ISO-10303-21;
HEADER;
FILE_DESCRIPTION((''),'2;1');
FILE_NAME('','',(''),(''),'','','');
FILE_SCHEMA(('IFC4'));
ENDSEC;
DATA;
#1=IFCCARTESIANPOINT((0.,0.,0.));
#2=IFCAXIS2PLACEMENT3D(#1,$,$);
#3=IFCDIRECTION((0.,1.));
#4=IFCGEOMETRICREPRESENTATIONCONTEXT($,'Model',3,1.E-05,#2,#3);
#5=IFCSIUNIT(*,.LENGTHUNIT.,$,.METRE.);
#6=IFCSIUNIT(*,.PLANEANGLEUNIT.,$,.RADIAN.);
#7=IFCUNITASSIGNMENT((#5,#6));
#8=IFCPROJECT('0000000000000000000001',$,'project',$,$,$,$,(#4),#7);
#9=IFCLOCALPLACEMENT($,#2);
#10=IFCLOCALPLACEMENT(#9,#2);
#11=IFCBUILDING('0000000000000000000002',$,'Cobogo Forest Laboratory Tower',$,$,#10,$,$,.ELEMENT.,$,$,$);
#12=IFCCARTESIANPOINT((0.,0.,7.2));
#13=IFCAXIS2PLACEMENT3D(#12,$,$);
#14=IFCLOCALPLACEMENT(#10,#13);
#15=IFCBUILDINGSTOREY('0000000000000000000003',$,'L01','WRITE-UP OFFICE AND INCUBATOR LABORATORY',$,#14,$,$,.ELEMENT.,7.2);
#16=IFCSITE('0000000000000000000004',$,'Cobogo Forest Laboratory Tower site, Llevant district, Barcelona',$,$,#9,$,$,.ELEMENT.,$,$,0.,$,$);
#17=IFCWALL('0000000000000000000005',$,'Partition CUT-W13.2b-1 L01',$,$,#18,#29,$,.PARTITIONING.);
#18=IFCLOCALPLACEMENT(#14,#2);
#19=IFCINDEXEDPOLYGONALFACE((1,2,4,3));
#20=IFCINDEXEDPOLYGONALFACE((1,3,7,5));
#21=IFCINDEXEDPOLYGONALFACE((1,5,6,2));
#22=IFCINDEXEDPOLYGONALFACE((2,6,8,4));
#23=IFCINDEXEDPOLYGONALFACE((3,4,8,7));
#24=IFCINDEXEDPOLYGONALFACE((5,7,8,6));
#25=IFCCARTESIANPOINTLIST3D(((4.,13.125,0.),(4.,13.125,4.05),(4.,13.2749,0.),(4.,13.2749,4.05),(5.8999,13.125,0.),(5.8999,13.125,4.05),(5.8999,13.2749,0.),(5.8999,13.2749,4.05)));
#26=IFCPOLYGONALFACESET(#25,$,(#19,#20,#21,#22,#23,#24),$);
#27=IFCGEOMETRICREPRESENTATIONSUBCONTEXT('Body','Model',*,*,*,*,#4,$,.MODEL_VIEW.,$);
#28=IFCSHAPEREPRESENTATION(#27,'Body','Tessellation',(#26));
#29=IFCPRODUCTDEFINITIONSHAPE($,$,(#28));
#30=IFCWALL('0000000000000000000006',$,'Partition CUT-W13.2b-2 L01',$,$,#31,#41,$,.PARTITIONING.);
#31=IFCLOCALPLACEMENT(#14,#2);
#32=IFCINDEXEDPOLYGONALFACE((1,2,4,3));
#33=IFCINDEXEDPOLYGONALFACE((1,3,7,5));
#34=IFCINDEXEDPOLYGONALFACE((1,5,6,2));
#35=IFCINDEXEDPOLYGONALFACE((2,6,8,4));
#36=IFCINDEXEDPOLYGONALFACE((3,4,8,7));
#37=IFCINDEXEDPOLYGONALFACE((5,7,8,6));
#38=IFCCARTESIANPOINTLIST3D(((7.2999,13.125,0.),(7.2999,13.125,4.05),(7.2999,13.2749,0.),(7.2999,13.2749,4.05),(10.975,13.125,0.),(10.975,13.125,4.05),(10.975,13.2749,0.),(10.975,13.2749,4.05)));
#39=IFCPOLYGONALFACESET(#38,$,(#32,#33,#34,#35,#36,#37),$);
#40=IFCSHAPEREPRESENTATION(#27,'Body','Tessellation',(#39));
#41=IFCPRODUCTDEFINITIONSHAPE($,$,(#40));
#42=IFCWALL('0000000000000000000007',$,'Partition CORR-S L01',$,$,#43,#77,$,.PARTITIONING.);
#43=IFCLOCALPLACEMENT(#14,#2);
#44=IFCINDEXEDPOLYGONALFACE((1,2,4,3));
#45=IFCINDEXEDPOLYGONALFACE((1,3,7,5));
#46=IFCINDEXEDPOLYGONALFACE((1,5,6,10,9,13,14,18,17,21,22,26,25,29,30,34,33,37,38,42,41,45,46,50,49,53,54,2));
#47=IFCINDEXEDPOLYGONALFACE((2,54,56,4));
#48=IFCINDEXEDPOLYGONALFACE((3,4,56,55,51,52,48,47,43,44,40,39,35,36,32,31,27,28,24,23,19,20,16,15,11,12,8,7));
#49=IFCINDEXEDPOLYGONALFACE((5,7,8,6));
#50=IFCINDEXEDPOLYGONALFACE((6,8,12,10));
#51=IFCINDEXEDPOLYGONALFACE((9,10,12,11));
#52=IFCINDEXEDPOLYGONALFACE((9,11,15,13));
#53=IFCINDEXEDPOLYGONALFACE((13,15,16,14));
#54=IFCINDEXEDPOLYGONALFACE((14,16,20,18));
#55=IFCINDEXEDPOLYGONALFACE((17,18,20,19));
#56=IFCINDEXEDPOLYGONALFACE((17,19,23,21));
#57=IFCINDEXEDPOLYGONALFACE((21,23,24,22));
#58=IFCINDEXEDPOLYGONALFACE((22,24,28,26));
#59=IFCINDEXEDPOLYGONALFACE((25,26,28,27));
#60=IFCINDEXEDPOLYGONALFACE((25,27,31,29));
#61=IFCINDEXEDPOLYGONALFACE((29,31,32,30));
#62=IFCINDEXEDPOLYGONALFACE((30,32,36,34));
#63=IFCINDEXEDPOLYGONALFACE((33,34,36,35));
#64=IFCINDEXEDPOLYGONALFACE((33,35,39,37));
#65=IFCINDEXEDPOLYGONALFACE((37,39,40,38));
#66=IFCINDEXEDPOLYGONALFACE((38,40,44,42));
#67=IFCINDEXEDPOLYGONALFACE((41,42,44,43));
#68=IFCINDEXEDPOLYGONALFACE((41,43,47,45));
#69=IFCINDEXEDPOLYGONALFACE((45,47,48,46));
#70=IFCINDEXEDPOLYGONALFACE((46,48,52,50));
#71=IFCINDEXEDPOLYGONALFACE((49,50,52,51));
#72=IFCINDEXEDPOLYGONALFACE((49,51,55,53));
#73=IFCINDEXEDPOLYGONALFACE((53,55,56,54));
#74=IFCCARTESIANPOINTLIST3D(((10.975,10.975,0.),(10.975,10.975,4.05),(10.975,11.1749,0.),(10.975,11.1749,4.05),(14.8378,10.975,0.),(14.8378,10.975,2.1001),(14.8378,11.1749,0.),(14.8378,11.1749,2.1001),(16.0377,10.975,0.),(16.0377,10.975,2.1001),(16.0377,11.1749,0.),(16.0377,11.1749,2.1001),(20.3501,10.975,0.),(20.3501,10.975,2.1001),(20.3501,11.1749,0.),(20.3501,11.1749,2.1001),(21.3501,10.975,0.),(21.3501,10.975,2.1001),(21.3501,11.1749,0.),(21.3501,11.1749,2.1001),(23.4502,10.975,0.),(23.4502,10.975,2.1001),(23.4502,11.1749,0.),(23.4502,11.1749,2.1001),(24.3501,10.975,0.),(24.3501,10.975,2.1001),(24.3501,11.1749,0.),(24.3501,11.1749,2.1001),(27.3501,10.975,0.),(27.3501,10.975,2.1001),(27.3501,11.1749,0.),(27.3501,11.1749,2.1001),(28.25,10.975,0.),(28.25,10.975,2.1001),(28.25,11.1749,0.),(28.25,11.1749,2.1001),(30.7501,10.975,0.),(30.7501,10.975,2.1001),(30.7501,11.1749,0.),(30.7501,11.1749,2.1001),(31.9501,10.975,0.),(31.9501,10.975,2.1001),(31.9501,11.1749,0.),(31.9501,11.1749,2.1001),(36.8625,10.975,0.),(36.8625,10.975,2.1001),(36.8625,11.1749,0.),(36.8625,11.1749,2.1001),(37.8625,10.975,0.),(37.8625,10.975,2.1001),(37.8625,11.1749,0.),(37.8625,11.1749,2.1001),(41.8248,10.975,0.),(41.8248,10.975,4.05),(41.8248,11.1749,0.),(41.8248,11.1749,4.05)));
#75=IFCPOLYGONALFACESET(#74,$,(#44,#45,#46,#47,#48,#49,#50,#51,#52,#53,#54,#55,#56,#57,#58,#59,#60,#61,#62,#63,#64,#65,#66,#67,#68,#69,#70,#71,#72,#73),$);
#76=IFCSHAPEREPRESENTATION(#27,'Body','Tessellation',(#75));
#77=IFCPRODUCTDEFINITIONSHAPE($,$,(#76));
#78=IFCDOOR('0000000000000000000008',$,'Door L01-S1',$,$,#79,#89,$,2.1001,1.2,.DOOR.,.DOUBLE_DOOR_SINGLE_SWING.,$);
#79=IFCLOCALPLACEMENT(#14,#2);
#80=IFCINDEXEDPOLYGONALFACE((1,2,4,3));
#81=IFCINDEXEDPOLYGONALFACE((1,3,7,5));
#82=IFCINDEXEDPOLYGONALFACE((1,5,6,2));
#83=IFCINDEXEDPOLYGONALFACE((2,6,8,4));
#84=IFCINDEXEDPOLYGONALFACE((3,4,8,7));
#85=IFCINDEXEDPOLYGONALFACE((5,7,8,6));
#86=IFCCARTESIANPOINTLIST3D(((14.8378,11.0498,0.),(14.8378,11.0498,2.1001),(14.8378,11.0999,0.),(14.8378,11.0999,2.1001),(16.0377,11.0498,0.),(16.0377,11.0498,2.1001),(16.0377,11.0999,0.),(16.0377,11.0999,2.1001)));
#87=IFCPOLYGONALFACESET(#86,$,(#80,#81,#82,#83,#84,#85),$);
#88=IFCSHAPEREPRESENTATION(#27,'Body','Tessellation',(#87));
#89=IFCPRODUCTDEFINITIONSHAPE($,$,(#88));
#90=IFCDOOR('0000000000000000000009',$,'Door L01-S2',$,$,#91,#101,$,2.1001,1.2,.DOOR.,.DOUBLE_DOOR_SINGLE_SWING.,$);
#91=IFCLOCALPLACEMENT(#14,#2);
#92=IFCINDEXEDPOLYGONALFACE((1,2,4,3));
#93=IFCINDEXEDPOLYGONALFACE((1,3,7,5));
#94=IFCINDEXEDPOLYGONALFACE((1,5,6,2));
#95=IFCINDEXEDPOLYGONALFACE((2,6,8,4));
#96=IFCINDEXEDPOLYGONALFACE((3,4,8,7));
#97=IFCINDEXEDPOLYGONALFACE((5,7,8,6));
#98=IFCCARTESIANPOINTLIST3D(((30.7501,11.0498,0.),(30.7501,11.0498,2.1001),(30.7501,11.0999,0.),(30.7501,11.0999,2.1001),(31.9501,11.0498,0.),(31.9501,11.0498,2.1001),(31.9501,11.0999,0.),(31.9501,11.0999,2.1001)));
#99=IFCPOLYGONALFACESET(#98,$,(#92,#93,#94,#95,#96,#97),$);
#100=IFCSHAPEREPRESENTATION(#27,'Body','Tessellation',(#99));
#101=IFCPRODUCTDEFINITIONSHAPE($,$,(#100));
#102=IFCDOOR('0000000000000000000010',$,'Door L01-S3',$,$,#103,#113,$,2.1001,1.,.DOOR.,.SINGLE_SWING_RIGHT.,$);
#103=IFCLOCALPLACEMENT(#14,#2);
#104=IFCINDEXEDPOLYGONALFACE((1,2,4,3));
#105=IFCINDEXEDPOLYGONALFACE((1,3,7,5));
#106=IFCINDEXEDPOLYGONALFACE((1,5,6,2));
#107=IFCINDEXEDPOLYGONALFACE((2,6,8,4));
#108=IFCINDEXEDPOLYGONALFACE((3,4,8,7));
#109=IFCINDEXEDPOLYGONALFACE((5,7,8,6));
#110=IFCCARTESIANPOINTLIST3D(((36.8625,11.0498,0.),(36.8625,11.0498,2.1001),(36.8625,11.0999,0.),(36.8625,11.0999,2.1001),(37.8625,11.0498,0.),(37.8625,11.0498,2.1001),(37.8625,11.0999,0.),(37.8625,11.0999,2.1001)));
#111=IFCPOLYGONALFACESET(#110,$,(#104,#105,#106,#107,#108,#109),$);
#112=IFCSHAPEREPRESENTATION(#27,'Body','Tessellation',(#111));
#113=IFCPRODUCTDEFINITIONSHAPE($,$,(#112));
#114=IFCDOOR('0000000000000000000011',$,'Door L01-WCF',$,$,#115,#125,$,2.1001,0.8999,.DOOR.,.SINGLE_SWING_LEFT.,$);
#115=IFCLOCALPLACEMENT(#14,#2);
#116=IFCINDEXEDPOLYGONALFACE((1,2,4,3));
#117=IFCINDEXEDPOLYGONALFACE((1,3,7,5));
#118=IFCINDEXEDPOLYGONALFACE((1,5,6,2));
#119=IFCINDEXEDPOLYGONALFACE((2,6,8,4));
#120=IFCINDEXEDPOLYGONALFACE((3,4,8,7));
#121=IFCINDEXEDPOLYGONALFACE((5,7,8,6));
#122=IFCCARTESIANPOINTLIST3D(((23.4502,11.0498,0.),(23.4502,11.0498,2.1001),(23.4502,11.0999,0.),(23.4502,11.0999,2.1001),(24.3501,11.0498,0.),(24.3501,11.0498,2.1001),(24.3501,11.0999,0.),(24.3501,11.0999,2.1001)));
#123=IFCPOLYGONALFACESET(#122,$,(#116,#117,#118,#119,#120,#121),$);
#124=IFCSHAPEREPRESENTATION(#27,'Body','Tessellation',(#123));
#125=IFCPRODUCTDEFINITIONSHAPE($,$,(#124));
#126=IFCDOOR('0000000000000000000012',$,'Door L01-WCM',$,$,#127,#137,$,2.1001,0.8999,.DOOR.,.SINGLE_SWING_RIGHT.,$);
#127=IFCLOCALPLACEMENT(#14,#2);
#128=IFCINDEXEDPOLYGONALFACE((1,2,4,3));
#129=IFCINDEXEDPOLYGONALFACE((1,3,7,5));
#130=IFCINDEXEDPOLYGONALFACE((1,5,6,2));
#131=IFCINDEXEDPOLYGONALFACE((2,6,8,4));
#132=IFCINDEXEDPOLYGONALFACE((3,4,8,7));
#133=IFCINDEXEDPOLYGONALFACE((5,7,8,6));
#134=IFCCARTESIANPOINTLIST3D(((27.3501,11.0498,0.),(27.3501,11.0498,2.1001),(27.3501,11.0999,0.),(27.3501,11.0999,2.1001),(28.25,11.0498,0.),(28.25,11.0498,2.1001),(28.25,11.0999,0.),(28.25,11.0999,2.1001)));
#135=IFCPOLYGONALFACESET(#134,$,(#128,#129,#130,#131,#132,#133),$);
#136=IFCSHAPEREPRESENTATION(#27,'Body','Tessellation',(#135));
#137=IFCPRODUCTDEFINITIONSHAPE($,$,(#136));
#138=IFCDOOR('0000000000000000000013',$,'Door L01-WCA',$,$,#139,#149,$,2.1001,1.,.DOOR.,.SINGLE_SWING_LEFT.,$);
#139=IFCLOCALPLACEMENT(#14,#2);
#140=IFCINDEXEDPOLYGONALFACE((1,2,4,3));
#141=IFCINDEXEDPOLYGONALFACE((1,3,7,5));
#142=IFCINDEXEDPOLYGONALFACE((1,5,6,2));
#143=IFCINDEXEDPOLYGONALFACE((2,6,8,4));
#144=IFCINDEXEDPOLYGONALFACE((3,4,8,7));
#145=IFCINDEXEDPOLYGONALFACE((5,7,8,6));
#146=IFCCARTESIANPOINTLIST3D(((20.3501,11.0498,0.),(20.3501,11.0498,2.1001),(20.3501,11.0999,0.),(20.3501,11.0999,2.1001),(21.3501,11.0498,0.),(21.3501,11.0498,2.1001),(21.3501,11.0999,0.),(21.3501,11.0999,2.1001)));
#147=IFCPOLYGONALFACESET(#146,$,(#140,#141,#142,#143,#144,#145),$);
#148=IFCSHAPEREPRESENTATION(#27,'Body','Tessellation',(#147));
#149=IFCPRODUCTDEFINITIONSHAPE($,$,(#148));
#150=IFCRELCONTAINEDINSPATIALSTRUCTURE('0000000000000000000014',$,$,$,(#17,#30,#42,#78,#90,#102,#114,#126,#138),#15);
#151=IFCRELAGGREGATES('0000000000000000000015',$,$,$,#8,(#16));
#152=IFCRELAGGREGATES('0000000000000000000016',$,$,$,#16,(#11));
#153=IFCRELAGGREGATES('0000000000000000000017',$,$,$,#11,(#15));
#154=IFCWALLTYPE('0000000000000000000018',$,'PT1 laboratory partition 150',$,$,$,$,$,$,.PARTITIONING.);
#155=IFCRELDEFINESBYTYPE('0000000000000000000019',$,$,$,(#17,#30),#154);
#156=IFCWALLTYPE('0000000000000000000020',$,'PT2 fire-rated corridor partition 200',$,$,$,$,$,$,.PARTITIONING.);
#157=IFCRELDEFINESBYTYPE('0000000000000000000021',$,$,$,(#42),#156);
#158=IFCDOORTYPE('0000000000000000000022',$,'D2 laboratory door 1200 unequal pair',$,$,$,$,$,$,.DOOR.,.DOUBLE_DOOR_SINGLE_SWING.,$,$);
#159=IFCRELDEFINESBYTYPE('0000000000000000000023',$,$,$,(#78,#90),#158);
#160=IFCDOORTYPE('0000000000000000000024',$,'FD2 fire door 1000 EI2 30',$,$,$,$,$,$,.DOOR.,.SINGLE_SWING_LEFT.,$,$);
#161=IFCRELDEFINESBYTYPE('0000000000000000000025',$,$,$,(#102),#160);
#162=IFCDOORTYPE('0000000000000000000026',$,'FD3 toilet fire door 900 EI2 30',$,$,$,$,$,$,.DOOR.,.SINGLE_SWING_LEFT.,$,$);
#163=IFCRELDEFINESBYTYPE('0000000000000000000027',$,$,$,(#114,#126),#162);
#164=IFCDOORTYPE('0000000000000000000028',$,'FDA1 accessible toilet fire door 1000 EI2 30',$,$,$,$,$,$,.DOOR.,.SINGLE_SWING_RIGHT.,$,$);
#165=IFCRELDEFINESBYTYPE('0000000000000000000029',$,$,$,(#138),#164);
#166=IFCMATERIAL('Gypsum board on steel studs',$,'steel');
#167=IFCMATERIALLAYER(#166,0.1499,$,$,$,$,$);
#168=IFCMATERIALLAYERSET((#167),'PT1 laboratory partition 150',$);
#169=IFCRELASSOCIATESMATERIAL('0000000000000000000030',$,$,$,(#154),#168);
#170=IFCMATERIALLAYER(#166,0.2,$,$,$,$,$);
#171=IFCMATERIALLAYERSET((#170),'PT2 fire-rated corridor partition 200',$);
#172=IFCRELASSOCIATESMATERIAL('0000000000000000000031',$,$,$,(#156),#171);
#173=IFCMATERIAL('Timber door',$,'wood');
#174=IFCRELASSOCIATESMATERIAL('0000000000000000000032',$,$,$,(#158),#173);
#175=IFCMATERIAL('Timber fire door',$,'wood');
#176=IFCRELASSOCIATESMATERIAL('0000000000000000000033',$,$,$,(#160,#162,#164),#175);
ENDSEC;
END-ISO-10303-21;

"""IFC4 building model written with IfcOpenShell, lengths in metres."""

from ifc_helpers import new_model, si_unit, direction, frame, frame_2d, origin, place, context, subcontext, project, spatial, rectangle, extrude, material, layer, layer_set, type_object, element, fill, save


model = new_model("IFC4")

# Units and contexts
model_context = context("Model", 3, precision=1e-05, world=origin(), true_north=direction((0.0, 1.0)))
body_context = subcontext(model_context, "Body", "Model", "MODEL_VIEW")
ifc_project = project(units=[si_unit("LENGTHUNIT", "METRE"), si_unit("PLANEANGLEUNIT", "RADIAN")], contexts=[model_context])

# Site, building, storey
site_placement = place(None, origin())
site = spatial("IfcSite", under=ifc_project, at=site_placement, Name="Cobogo Forest Laboratory Tower site, Llevant district, Barcelona", CompositionType="ELEMENT", RefElevation=0.0)
building_placement = place(site_placement, origin())
building = spatial("IfcBuilding", under=site, at=building_placement, Name="Cobogo Forest Laboratory Tower", CompositionType="ELEMENT")
storey_placement = place(building_placement, frame((0.0, 0.0, 7.2)))
storey = spatial("IfcBuildingStorey", under=building, at=storey_placement, Name="L01", Description="WRITE-UP OFFICE AND INCUBATOR LABORATORY", CompositionType="ELEMENT", Elevation=7.2)

# Walls
ifc_material_1 = material(Name="Gypsum board on steel studs", Category="steel")
ifc_layer_1 = layer(ifc_material_1, 0.1499)
ifc_layer_set_1 = layer_set([ifc_layer_1], Name="PT1 laboratory partition 150")
wall_type_1 = type_object("IfcWallType", Name="PT1 laboratory partition 150", PredefinedType="PARTITIONING", material=ifc_layer_set_1)
wall_1_placement = place(storey_placement, frame((4.0, 13.2, 0.0), z_axis=(0.0, 0.0, 1.0), x_axis=(1.0, 0.0, 0.0)))
element("IfcWall", 1, at=wall_1_placement, inside=storey, type_object=wall_type_1, Name="Partition CUT-W13.2b-1 L01", PredefinedType="PARTITIONING", context=body_context, shape_type="SweptSolid", body=[
    extrude(rectangle(XDim=1.8999, YDim=0.1499, at=frame_2d((0.95, 0.0))), origin(), (0.0, 0.0, 1.0), 4.05),
])
wall_2_placement = place(storey_placement, frame((7.3, 13.2, 0.0), z_axis=(0.0, 0.0, 1.0), x_axis=(1.0, 0.0, 0.0)))
element("IfcWall", 2, at=wall_2_placement, inside=storey, type_object=wall_type_1, Name="Partition CUT-W13.2b-2 L01", PredefinedType="PARTITIONING", context=body_context, shape_type="SweptSolid", body=[
    extrude(rectangle(XDim=3.675, YDim=0.1499, at=frame_2d((1.8374, 0.0))), origin(), (0.0, 0.0, 1.0), 4.05),
])

# Wall, openings, doors
ifc_layer_2 = layer(ifc_material_1, 0.2)
ifc_layer_set_2 = layer_set([ifc_layer_2], Name="PT2 fire-rated corridor partition 200")
wall_type_2 = type_object("IfcWallType", Name="PT2 fire-rated corridor partition 200", PredefinedType="PARTITIONING", material=ifc_layer_set_2)
wall_3_placement = place(storey_placement, frame((10.9751, 11.075, 0.0), z_axis=(0.0, 0.0, 1.0), x_axis=(1.0, 0.0, 0.0)))
wall_3 = element("IfcWall", 3, at=wall_3_placement, inside=storey, type_object=wall_type_2, Name="Partition CORR-S L01", PredefinedType="PARTITIONING", context=body_context, shape_type="SweptSolid", body=[
    extrude(rectangle(XDim=30.8499, YDim=0.2, at=frame_2d((15.4248, 0.0))), origin(), (0.0, 0.0, 1.0), 4.05),
])
opening_1_placement = place(wall_3_placement, frame((3.8625, 0.0, 0.0)))
opening_1 = element("IfcOpeningElement", 4, at=opening_1_placement, cuts=wall_3, PredefinedType="OPENING", context=body_context, shape_type="SweptSolid", body=[
    extrude(rectangle(XDim=1.2, YDim=2.1001, at=frame_2d((0.6001, 1.05))), frame((0.0, 0.1099, 0.0), z_axis=(0.0, -1.0, 0.0), x_axis=(1.0, 0.0, 0.0)), (0.0, 0.0, 1.0), 0.22),
])
opening_2_placement = place(wall_3_placement, frame((9.375, 0.0, 0.0)))
opening_2 = element("IfcOpeningElement", 5, at=opening_2_placement, cuts=wall_3, PredefinedType="OPENING", context=body_context, shape_type="SweptSolid", body=[
    extrude(rectangle(XDim=1.0, YDim=2.1001, at=frame_2d((0.5, 1.05))), frame((0.0, 0.1099, 0.0), z_axis=(0.0, -1.0, 0.0), x_axis=(1.0, 0.0, 0.0)), (0.0, 0.0, 1.0), 0.22),
])
opening_3_placement = place(wall_3_placement, frame((12.4751, 0.0, 0.0)))
opening_3 = element("IfcOpeningElement", 6, at=opening_3_placement, cuts=wall_3, PredefinedType="OPENING", context=body_context, shape_type="SweptSolid", body=[
    extrude(rectangle(XDim=0.8999, YDim=2.1001, at=frame_2d((0.45, 1.05))), frame((0.0, 0.1099, 0.0), z_axis=(0.0, -1.0, 0.0), x_axis=(1.0, 0.0, 0.0)), (0.0, 0.0, 1.0), 0.22),
])
opening_4_placement = place(wall_3_placement, frame((16.375, 0.0, 0.0)))
opening_4 = element("IfcOpeningElement", 7, at=opening_4_placement, cuts=wall_3, PredefinedType="OPENING", context=body_context, shape_type="SweptSolid", body=[
    extrude(rectangle(XDim=0.8999, YDim=2.1001, at=frame_2d((0.45, 1.05))), frame((0.0, 0.1099, 0.0), z_axis=(0.0, -1.0, 0.0), x_axis=(1.0, 0.0, 0.0)), (0.0, 0.0, 1.0), 0.22),
])
opening_5_placement = place(wall_3_placement, frame((19.7749, 0.0, 0.0)))
opening_5 = element("IfcOpeningElement", 8, at=opening_5_placement, cuts=wall_3, PredefinedType="OPENING", context=body_context, shape_type="SweptSolid", body=[
    extrude(rectangle(XDim=1.2, YDim=2.1001, at=frame_2d((0.6001, 1.05))), frame((0.0, 0.1099, 0.0), z_axis=(0.0, -1.0, 0.0), x_axis=(1.0, 0.0, 0.0)), (0.0, 0.0, 1.0), 0.22),
])
opening_6_placement = place(wall_3_placement, frame((25.8875, 0.0, 0.0)))
opening_6 = element("IfcOpeningElement", 9, at=opening_6_placement, cuts=wall_3, PredefinedType="OPENING", context=body_context, shape_type="SweptSolid", body=[
    extrude(rectangle(XDim=1.0, YDim=2.1001, at=frame_2d((0.5, 1.05))), frame((0.0, 0.1099, 0.0), z_axis=(0.0, -1.0, 0.0), x_axis=(1.0, 0.0, 0.0)), (0.0, 0.0, 1.0), 0.22),
])
ifc_material_2 = material(Name="Timber door", Category="wood")
door_type_1 = type_object("IfcDoorType", Name="D2 laboratory door 1200 unequal pair", OperationType="DOUBLE_DOOR_SINGLE_SWING", PredefinedType="DOOR", material=ifc_material_2)
door_1_placement = place(opening_1_placement, origin())
door_1 = element("IfcDoor", 10, at=door_1_placement, inside=storey, type_object=door_type_1, Name="Door L01-S1", OperationType="DOUBLE_DOOR_SINGLE_SWING", OverallHeight=2.1001, OverallWidth=1.2, PredefinedType="DOOR", context=body_context, shape_type="SweptSolid", body=[
    extrude(rectangle(XDim=1.2, YDim=2.1001, at=frame_2d((0.6001, 1.05))), frame((0.0, 0.0249, 0.0), z_axis=(0.0, -1.0, 0.0), x_axis=(1.0, 0.0, 0.0)), (0.0, 0.0, 1.0), 0.05),
])
fill(opening_1, door_1)
door_2_placement = place(opening_5_placement, origin())
door_2 = element("IfcDoor", 11, at=door_2_placement, inside=storey, type_object=door_type_1, Name="Door L01-S2", OperationType="DOUBLE_DOOR_SINGLE_SWING", OverallHeight=2.1001, OverallWidth=1.2, PredefinedType="DOOR", context=body_context, shape_type="SweptSolid", body=[
    extrude(rectangle(XDim=1.2, YDim=2.1001, at=frame_2d((0.6001, 1.05))), frame((0.0, 0.0249, 0.0), z_axis=(0.0, -1.0, 0.0), x_axis=(1.0, 0.0, 0.0)), (0.0, 0.0, 1.0), 0.05),
])
fill(opening_5, door_2)
ifc_material_3 = material(Name="Timber fire door", Category="wood")
door_type_2 = type_object("IfcDoorType", Name="FD2 fire door 1000 EI2 30", OperationType="SINGLE_SWING_LEFT", PredefinedType="DOOR", material=ifc_material_3)
door_3_placement = place(opening_6_placement, origin())
door_3 = element("IfcDoor", 12, at=door_3_placement, inside=storey, type_object=door_type_2, Name="Door L01-S3", OperationType="SINGLE_SWING_RIGHT", OverallHeight=2.1001, OverallWidth=1.0, PredefinedType="DOOR", context=body_context, shape_type="SweptSolid", body=[
    extrude(rectangle(XDim=1.0, YDim=2.1001, at=frame_2d((0.5, 1.05))), frame((0.0, 0.0249, 0.0), z_axis=(0.0, -1.0, 0.0), x_axis=(1.0, 0.0, 0.0)), (0.0, 0.0, 1.0), 0.05),
])
fill(opening_6, door_3)
door_type_3 = type_object("IfcDoorType", Name="FD3 toilet fire door 900 EI2 30", OperationType="SINGLE_SWING_LEFT", PredefinedType="DOOR", material=ifc_material_3)
door_4_placement = place(opening_3_placement, origin())
door_4 = element("IfcDoor", 13, at=door_4_placement, inside=storey, type_object=door_type_3, Name="Door L01-WCF", OperationType="SINGLE_SWING_LEFT", OverallHeight=2.1001, OverallWidth=0.8999, PredefinedType="DOOR", context=body_context, shape_type="SweptSolid", body=[
    extrude(rectangle(XDim=0.8999, YDim=2.1001, at=frame_2d((0.45, 1.05))), frame((0.0, 0.0249, 0.0), z_axis=(0.0, -1.0, 0.0), x_axis=(1.0, 0.0, 0.0)), (0.0, 0.0, 1.0), 0.05),
])
fill(opening_3, door_4)
door_5_placement = place(opening_4_placement, origin())
door_5 = element("IfcDoor", 14, at=door_5_placement, inside=storey, type_object=door_type_3, Name="Door L01-WCM", OperationType="SINGLE_SWING_RIGHT", OverallHeight=2.1001, OverallWidth=0.8999, PredefinedType="DOOR", context=body_context, shape_type="SweptSolid", body=[
    extrude(rectangle(XDim=0.8999, YDim=2.1001, at=frame_2d((0.45, 1.05))), frame((0.0, 0.0249, 0.0), z_axis=(0.0, -1.0, 0.0), x_axis=(1.0, 0.0, 0.0)), (0.0, 0.0, 1.0), 0.05),
])
fill(opening_4, door_5)
door_type_4 = type_object("IfcDoorType", Name="FDA1 accessible toilet fire door 1000 EI2 30", OperationType="SINGLE_SWING_RIGHT", PredefinedType="DOOR", material=ifc_material_3)
door_6_placement = place(opening_2_placement, origin())
door_6 = element("IfcDoor", 15, at=door_6_placement, inside=storey, type_object=door_type_4, Name="Door L01-WCA", OperationType="SINGLE_SWING_LEFT", OverallHeight=2.1001, OverallWidth=1.0, PredefinedType="DOOR", context=body_context, shape_type="SweptSolid", body=[
    extrude(rectangle(XDim=1.0, YDim=2.1001, at=frame_2d((0.5, 1.05))), frame((0.0, 0.0249, 0.0), z_axis=(0.0, -1.0, 0.0), x_axis=(1.0, 0.0, 0.0)), (0.0, 0.0, 1.0), 0.05),
])
fill(opening_2, door_6)

save(model, "model.ifc")
